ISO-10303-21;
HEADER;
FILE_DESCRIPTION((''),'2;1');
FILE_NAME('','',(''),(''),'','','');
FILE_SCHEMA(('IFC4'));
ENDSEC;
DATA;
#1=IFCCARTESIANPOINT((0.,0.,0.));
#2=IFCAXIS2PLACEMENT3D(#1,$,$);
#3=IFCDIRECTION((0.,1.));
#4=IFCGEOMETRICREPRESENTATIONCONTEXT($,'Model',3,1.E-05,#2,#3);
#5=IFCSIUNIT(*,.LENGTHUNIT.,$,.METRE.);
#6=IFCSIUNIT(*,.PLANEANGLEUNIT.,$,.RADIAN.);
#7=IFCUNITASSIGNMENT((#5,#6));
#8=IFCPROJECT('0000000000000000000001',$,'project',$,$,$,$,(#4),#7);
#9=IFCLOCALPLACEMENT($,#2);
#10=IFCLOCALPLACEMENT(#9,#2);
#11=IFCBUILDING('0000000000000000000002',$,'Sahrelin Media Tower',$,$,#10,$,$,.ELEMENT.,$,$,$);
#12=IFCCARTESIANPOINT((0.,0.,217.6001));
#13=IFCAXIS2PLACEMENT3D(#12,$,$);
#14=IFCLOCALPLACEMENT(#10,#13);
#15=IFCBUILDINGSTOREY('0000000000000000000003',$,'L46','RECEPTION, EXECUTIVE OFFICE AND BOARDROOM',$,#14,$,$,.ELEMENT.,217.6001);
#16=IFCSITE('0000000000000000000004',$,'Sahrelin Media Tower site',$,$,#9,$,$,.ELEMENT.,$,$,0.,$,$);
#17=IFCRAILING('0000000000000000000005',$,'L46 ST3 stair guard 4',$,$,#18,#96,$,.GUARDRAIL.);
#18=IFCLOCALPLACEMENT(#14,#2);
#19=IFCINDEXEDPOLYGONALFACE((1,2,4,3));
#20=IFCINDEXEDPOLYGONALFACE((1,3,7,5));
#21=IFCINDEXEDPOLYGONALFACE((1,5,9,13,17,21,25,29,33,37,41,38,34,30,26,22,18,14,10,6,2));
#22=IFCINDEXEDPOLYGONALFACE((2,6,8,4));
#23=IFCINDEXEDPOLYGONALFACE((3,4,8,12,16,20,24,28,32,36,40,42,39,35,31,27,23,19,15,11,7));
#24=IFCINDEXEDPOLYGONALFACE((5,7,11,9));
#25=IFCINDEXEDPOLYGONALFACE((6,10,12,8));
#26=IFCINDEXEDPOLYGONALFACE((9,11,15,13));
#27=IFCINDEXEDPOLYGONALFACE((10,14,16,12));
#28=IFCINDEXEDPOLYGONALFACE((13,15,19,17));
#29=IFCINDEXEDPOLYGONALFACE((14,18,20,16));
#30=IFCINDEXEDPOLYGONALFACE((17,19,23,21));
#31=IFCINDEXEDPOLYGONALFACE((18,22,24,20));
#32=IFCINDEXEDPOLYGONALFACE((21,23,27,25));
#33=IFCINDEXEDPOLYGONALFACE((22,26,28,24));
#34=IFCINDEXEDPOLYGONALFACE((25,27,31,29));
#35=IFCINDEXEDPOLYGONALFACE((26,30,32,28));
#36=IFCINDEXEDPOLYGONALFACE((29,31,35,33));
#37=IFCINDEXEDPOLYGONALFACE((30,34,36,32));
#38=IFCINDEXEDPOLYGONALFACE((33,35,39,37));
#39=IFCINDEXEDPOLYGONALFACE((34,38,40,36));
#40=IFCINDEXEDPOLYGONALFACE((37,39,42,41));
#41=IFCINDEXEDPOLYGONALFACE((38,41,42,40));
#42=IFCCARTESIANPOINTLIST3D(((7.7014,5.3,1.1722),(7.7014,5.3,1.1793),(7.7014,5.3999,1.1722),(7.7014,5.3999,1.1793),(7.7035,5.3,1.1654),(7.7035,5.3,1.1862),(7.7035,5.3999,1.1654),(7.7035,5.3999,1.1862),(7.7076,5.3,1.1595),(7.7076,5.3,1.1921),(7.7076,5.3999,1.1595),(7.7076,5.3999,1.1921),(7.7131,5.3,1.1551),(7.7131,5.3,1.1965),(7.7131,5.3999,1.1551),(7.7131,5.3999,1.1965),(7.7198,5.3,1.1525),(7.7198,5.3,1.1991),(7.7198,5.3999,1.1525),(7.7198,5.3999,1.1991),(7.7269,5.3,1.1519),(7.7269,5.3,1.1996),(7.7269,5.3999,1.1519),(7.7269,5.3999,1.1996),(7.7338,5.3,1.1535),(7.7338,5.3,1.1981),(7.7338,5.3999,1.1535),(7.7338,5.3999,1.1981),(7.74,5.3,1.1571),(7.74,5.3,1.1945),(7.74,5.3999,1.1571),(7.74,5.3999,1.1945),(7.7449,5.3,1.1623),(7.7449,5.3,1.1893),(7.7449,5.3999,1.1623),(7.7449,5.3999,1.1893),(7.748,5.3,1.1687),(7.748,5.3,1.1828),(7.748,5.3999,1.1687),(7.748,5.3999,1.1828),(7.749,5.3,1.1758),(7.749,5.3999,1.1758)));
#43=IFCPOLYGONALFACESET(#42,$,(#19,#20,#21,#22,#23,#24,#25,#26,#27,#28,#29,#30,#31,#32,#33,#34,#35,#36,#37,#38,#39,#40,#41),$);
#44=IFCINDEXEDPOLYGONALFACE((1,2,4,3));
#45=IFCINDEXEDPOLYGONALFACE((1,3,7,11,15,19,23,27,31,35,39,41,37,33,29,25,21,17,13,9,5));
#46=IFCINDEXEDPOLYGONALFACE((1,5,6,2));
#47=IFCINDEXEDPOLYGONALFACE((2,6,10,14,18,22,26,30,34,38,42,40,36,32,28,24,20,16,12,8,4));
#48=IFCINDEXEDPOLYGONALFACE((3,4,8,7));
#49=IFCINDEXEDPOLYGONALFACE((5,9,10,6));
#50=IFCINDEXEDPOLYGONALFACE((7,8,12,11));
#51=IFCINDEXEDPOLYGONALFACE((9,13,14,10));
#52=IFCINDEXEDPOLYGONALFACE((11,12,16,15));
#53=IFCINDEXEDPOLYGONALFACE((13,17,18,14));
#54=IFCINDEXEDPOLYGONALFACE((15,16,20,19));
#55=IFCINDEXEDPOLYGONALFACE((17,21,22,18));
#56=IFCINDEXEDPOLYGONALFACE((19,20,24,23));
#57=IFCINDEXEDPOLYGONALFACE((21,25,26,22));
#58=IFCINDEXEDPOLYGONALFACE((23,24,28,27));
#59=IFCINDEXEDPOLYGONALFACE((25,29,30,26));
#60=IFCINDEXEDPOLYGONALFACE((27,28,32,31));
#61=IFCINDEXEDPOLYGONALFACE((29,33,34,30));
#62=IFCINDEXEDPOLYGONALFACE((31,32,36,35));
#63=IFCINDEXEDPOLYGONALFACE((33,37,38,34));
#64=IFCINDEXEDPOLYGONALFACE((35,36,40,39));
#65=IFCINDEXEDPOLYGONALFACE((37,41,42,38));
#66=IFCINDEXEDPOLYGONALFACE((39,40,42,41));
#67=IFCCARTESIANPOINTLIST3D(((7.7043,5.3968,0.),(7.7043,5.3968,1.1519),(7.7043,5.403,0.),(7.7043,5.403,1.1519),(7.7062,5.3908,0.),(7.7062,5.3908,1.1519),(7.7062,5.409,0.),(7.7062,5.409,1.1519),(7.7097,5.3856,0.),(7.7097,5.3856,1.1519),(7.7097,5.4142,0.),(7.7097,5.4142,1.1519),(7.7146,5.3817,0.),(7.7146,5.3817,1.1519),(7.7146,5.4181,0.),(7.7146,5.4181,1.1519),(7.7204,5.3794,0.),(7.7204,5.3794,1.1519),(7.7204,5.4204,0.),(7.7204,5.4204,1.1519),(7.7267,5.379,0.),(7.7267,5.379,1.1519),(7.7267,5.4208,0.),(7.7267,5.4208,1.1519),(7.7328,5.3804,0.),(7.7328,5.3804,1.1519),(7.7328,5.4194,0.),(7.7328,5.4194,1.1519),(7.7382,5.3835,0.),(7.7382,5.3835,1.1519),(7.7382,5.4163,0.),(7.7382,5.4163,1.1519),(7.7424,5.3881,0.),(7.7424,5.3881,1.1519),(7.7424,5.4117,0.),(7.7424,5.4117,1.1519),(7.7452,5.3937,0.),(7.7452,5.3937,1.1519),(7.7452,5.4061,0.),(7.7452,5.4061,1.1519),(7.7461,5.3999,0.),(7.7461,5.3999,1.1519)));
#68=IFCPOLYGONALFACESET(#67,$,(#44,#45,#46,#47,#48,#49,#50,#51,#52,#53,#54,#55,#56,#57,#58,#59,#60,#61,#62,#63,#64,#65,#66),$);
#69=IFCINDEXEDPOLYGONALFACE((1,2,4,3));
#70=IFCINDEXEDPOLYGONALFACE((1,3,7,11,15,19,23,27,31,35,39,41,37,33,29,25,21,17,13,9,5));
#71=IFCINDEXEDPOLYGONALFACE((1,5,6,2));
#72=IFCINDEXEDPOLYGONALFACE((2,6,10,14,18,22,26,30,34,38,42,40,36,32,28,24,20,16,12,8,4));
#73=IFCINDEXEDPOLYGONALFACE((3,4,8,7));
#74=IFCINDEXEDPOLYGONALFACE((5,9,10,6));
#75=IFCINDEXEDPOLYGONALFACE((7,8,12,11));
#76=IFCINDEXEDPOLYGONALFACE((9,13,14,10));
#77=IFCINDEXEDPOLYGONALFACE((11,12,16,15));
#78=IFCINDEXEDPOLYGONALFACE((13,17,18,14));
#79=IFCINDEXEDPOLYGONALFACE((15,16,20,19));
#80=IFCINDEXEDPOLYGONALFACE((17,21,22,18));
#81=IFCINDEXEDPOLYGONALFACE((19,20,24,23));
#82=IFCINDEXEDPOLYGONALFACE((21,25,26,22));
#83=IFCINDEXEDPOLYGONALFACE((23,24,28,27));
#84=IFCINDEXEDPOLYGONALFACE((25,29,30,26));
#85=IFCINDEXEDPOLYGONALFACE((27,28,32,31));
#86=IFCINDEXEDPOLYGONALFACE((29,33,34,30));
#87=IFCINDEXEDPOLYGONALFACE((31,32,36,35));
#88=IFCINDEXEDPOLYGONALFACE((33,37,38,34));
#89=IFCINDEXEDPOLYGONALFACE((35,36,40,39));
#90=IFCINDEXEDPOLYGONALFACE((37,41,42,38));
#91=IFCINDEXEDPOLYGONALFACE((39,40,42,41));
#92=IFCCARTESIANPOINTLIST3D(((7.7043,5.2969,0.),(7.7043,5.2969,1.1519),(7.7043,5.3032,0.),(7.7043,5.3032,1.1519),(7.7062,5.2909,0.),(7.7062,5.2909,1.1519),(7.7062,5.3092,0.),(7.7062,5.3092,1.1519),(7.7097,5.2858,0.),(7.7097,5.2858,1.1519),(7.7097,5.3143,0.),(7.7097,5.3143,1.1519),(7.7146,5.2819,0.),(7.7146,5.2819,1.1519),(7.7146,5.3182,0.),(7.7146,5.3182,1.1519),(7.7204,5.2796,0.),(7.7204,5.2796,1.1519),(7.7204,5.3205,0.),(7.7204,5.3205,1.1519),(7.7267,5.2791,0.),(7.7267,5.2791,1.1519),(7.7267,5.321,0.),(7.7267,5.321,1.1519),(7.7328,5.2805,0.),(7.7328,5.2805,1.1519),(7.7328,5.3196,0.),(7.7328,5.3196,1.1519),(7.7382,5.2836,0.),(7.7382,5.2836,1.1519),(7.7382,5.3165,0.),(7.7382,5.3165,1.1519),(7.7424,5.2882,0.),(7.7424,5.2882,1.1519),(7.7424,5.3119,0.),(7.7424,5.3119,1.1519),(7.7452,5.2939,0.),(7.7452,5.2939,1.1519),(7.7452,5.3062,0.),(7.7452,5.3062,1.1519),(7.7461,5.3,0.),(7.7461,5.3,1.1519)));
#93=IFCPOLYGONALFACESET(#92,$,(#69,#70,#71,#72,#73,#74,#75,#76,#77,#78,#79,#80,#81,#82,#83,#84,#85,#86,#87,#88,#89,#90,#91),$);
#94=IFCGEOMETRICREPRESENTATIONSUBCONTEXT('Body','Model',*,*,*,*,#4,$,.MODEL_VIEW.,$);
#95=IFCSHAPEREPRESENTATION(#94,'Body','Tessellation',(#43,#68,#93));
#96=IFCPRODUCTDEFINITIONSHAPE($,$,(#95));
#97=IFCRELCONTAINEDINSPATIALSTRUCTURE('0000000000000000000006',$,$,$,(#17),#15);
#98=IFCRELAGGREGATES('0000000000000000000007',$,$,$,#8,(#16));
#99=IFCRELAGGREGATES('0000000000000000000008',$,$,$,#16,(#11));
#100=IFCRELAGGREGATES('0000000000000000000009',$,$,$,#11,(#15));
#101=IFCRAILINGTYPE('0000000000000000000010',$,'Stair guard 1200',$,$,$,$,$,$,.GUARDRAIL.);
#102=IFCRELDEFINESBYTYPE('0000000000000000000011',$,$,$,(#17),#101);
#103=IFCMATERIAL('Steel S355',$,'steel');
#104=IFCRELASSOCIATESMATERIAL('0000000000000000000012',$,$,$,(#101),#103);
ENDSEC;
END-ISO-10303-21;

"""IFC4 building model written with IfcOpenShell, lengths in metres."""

from ifc_helpers import new_model, si_unit, direction, frame, origin, origin_2d, place, context, subcontext, project, spatial, circle, extrude, material, type_object, element, save


model = new_model("IFC4")

# Units and contexts
model_context = context("Model", 3, precision=1e-05, world=origin(), true_north=direction((0.0, 1.0)))
body_context = subcontext(model_context, "Body", "Model", "MODEL_VIEW")
ifc_project = project(units=[si_unit("LENGTHUNIT", "METRE"), si_unit("PLANEANGLEUNIT", "RADIAN")], contexts=[model_context])

# Site, building, storey
site_placement = place(None, origin())
site = spatial("IfcSite", under=ifc_project, at=site_placement, Name="Sahrelin Media Tower site", CompositionType="ELEMENT", RefElevation=0.0)
building_placement = place(site_placement, origin())
building = spatial("IfcBuilding", under=site, at=building_placement, Name="Sahrelin Media Tower", CompositionType="ELEMENT")
storey_placement = place(building_placement, frame((0.0, 0.0, 217.6001)))
storey = spatial("IfcBuildingStorey", under=building, at=storey_placement, Name="L46", Description="RECEPTION, EXECUTIVE OFFICE AND BOARDROOM", CompositionType="ELEMENT", Elevation=217.6001)

# Shared definitions
ifc_material_1 = material(Name="Steel S355", Category="steel")

# Railing
railing_type_1 = type_object("IfcRailingType", Name="Stair guard 1200", PredefinedType="GUARDRAIL", material=ifc_material_1)
railing_1_placement = place(storey_placement, frame((7.7251, 5.3999, 0.0)))
element("IfcRailing", 1, at=railing_1_placement, inside=storey, type_object=railing_type_1, Name="L46 ST3 stair guard 4", PredefinedType="GUARDRAIL", context=body_context, shape_type="SweptSolid", body=[
    extrude(circle(Radius=0.0239, at=origin_2d()), frame((0.0, 0.0, 1.1758), z_axis=(0.0, -1.0, 0.0), x_axis=(1.0, 0.0, 0.0)), (0.0, 0.0, 1.0), 0.0999),
    extrude(circle(Radius=0.021, at=origin_2d()), origin(), (0.0, 0.0, 1.0), 1.1519),
    extrude(circle(Radius=0.021, at=origin_2d()), frame((0.0, -0.0999, 0.0)), (0.0, 0.0, 1.0), 1.1519),
])

save(model, "model.ifc")
